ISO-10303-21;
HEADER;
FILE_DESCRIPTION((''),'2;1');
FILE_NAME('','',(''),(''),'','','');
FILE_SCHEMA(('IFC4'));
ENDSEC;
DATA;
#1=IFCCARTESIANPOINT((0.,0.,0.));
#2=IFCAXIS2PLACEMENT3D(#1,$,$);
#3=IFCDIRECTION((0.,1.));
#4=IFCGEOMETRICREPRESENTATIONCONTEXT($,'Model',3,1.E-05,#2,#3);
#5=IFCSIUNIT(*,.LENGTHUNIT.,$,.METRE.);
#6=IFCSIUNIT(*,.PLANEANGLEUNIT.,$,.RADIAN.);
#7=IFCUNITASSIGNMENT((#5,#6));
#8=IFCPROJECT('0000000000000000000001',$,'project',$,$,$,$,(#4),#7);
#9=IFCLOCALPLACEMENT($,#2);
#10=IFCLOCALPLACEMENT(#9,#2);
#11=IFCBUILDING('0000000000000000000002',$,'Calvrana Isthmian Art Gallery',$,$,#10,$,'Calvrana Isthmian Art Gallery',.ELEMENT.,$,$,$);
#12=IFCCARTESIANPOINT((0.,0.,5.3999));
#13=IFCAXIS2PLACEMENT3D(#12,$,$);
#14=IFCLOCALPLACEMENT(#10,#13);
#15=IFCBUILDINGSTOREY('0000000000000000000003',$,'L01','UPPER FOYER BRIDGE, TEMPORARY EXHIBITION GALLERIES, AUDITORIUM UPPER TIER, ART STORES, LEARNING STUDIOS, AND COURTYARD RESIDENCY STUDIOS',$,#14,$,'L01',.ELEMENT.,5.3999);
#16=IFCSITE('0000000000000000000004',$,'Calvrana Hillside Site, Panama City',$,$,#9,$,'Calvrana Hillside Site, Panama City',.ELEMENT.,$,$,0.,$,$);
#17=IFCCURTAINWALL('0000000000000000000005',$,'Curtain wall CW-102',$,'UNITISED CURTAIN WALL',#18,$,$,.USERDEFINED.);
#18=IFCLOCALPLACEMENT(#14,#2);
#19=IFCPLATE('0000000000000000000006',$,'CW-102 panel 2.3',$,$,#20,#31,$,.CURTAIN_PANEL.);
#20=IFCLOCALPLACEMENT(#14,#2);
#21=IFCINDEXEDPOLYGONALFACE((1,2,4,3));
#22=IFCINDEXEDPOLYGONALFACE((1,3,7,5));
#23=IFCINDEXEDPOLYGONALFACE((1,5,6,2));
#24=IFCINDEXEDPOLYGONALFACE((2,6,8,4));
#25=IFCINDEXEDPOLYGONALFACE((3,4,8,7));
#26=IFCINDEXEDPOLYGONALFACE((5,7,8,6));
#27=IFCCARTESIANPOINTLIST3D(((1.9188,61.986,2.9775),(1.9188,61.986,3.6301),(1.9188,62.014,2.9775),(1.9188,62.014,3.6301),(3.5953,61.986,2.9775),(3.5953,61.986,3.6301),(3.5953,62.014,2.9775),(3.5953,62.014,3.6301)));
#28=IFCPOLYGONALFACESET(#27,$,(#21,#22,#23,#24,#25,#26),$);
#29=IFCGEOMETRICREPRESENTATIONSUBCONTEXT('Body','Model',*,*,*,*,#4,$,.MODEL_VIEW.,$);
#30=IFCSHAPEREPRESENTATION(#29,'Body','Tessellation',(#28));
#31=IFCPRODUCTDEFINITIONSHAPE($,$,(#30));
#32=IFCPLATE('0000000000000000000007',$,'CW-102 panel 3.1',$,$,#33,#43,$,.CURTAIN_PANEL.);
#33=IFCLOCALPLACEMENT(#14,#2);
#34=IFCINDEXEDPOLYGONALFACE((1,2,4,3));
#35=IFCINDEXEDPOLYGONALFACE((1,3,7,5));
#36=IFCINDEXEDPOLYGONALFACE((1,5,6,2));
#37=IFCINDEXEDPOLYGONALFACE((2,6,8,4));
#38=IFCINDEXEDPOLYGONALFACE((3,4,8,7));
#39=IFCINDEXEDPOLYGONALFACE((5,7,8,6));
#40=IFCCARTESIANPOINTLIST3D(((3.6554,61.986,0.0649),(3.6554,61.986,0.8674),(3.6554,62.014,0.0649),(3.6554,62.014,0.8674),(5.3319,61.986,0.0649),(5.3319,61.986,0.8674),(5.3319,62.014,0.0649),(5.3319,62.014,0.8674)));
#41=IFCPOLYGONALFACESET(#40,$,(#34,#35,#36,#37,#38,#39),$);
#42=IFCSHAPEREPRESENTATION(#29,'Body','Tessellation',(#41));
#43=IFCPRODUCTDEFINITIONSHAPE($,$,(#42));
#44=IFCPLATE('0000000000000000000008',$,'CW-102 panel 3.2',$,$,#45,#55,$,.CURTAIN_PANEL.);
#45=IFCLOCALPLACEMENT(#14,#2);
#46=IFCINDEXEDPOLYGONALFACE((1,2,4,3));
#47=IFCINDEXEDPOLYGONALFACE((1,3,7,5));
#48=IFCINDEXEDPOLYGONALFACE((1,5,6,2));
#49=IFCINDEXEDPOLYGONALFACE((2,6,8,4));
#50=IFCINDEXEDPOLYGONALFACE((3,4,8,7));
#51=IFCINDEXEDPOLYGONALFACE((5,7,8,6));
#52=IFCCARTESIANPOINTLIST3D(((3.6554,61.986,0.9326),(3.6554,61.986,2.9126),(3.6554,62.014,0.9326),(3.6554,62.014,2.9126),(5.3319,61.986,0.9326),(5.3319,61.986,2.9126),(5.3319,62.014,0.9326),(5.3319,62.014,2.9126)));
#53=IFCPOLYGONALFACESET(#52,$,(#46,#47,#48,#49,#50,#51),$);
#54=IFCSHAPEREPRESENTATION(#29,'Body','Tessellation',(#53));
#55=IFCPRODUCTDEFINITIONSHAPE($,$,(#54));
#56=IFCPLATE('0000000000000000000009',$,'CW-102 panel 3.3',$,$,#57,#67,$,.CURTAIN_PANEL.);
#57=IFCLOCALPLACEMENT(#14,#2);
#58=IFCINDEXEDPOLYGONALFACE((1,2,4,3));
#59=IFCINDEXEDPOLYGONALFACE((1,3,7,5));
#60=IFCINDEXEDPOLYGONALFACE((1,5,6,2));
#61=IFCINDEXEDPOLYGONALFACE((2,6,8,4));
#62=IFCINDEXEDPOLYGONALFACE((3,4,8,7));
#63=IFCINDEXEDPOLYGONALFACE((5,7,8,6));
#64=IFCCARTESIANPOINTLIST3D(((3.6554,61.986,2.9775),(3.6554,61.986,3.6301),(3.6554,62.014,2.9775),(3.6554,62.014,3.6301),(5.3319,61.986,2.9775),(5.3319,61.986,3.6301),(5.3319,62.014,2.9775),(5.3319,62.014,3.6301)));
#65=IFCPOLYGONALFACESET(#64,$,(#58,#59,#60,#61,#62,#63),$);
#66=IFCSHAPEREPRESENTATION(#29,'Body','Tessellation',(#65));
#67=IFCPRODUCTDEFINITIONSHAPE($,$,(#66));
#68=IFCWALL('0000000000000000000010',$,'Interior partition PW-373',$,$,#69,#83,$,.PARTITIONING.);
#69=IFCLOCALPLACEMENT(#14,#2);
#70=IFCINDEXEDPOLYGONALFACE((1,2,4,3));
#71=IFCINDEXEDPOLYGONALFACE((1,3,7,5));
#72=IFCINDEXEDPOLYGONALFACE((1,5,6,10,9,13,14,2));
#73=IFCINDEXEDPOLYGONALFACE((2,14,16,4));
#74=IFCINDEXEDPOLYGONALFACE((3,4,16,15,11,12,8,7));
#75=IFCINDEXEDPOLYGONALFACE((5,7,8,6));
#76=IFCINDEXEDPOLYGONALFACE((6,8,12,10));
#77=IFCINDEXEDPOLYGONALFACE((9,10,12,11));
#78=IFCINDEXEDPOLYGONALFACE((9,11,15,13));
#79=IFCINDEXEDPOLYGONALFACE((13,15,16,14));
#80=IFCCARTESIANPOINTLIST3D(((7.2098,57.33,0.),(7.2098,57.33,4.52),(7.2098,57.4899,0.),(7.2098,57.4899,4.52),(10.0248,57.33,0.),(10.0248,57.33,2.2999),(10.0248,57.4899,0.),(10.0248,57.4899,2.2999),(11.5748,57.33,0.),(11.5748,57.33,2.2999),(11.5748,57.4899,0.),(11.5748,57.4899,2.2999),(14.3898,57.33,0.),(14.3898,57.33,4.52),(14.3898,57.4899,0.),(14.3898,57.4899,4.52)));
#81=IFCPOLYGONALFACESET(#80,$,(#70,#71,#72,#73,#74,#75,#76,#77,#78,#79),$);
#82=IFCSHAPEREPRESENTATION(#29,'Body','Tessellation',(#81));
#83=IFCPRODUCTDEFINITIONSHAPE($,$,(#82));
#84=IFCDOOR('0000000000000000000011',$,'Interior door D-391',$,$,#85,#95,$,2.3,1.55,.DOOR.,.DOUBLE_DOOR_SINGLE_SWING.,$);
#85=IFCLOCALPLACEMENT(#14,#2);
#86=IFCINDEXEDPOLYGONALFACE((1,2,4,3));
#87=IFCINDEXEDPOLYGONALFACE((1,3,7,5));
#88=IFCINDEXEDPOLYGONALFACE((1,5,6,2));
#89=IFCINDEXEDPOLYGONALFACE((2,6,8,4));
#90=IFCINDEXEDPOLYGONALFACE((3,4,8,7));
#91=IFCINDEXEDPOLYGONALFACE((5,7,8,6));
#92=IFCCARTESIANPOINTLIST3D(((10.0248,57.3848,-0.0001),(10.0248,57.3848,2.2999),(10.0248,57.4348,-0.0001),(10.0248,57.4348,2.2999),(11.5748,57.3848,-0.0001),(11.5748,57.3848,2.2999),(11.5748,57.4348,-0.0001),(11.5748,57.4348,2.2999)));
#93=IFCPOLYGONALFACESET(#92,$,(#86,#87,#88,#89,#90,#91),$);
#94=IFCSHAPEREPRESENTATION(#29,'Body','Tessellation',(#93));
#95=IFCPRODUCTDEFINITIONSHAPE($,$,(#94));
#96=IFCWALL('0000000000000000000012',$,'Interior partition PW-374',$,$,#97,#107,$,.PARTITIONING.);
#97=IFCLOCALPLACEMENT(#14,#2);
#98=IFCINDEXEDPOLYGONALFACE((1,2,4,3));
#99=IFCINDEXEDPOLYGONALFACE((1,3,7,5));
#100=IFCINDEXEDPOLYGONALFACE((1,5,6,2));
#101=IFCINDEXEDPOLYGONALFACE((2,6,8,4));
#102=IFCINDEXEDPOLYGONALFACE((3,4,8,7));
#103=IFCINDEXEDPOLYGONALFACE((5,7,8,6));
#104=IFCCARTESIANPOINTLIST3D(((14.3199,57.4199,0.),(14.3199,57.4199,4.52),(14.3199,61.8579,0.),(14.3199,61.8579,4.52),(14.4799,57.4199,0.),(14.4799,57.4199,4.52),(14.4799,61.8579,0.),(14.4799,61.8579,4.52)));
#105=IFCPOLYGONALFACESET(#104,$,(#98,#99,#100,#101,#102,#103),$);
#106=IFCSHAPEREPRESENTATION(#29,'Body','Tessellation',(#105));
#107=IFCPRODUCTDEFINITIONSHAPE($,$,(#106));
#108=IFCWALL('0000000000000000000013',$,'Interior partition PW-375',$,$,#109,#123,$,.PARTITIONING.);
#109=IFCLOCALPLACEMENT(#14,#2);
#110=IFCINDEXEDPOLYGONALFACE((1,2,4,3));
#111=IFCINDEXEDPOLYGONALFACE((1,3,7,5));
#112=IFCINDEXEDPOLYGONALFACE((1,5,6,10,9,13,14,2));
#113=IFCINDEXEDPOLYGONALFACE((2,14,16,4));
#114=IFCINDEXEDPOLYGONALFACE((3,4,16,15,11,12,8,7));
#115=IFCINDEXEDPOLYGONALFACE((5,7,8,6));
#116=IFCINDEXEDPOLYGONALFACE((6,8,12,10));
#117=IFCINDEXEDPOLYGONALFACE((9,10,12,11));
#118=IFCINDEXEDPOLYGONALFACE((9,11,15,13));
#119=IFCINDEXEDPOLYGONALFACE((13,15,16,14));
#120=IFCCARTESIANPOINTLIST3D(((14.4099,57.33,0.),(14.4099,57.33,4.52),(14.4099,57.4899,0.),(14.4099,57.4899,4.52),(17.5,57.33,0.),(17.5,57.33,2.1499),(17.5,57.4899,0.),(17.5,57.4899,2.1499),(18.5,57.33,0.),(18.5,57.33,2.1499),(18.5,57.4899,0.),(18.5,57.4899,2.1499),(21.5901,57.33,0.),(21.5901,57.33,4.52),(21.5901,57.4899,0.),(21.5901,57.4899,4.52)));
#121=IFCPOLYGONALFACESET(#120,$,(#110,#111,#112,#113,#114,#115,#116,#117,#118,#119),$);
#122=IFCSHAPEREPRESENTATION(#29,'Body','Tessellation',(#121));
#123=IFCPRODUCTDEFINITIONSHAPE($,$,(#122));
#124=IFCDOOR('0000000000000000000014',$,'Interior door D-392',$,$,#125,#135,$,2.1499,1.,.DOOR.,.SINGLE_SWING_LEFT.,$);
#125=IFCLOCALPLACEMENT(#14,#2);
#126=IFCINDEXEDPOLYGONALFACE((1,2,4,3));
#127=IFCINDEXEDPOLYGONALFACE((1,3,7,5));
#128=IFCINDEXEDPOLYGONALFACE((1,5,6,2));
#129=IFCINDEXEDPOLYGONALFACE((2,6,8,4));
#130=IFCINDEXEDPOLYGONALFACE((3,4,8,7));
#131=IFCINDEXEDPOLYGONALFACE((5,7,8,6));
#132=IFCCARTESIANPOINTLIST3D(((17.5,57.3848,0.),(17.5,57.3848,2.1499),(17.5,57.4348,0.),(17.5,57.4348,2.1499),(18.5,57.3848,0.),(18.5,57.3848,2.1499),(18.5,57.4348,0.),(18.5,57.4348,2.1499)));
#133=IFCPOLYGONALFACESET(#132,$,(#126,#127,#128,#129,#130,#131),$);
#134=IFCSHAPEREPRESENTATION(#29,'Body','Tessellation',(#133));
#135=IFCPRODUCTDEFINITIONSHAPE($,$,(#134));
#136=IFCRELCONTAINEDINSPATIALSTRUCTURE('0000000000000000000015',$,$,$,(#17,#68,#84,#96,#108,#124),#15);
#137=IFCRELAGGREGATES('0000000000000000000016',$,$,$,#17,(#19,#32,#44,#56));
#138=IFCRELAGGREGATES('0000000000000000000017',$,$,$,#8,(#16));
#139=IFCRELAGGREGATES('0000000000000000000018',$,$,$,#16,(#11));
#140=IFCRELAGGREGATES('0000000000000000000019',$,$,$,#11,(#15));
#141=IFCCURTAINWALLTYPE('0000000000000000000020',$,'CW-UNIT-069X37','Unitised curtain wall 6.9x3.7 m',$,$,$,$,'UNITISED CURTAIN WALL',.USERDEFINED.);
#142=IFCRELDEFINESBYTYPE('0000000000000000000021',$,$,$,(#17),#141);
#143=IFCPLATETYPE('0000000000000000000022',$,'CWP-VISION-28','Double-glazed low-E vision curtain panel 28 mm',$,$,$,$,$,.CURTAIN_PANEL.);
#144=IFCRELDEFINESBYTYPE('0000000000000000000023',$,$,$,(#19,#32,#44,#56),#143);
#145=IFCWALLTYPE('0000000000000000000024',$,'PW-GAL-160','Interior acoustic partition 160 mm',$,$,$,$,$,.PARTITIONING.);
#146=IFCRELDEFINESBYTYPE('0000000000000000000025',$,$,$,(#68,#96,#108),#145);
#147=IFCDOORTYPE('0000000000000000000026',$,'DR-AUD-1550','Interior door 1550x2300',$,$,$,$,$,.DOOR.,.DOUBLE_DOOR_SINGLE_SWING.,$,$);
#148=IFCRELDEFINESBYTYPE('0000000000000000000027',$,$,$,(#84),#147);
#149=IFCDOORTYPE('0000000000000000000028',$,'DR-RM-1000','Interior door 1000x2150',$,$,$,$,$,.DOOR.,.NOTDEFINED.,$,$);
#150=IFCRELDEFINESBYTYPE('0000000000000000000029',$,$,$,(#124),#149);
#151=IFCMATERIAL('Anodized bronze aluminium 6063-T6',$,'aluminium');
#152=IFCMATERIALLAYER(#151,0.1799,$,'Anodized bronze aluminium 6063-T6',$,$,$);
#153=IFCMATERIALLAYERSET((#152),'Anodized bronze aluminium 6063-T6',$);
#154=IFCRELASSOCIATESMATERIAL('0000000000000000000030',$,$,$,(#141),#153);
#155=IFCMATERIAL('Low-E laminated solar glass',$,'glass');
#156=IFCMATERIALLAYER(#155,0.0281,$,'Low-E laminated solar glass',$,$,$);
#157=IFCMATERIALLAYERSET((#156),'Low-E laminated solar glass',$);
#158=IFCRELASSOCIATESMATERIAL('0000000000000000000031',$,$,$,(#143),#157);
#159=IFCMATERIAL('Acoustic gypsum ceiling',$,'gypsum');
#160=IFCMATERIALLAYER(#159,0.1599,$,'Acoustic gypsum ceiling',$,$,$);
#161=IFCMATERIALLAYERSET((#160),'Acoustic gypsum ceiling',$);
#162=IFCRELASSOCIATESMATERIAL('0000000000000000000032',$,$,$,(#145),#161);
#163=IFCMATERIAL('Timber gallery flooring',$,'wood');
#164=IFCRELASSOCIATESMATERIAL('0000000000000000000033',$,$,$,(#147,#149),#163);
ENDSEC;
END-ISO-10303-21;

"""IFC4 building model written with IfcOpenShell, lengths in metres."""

from ifc_helpers import new_model, si_unit, direction, frame, frame_2d, origin, origin_2d, place, context, subcontext, project, spatial, rectangle, extrude, material, layer, layer_set, type_object, element, fill, aggregate, save


model = new_model("IFC4")

# Units and contexts
model_context = context("Model", 3, precision=1e-05, world=origin(), true_north=direction((0.0, 1.0)))
body_context = subcontext(model_context, "Body", "Model", "MODEL_VIEW")
ifc_project = project(units=[si_unit("LENGTHUNIT", "METRE"), si_unit("PLANEANGLEUNIT", "RADIAN")], contexts=[model_context])

# Site, building, storey
site_placement = place(None, origin())
site = spatial("IfcSite", under=ifc_project, at=site_placement, Name="Calvrana Hillside Site, Panama City", LongName="Calvrana Hillside Site, Panama City", CompositionType="ELEMENT", RefElevation=0.0)
building_placement = place(site_placement, origin())
building = spatial("IfcBuilding", under=site, at=building_placement, Name="Calvrana Isthmian Art Gallery", LongName="Calvrana Isthmian Art Gallery", CompositionType="ELEMENT")
storey_placement = place(building_placement, frame((0.0, 0.0, 5.3999)))
storey = spatial("IfcBuildingStorey", under=building, at=storey_placement, Name="L01", Description="UPPER FOYER BRIDGE, TEMPORARY EXHIBITION GALLERIES, AUDITORIUM UPPER TIER, ART STORES, LEARNING STUDIOS, AND COURTYARD RESIDENCY STUDIOS", LongName="L01", CompositionType="ELEMENT", Elevation=5.3999)

# Curtain wall, plates
ifc_material_1 = material(Name="Anodized bronze aluminium 6063-T6", Category="aluminium")
ifc_layer_1 = layer(ifc_material_1, 0.1799, Name="Anodized bronze aluminium 6063-T6")
ifc_layer_set_1 = layer_set([ifc_layer_1], Name="Anodized bronze aluminium 6063-T6")
curtain_wall_type = type_object("IfcCurtainWallType", Name="CW-UNIT-069X37", Description="Unitised curtain wall 6.9x3.7 m", ElementType="UNITISED CURTAIN WALL", PredefinedType="USERDEFINED", material=ifc_layer_set_1)
curtain_wall_placement = place(storey_placement, origin())
curtain_wall = element("IfcCurtainWall", 1, at=curtain_wall_placement, inside=storey, type_object=curtain_wall_type, Name="Curtain wall CW-102", ObjectType="UNITISED CURTAIN WALL", PredefinedType="USERDEFINED")
ifc_material_2 = material(Name="Low-E laminated solar glass", Category="glass")
ifc_layer_2 = layer(ifc_material_2, 0.0281, Name="Low-E laminated solar glass")
ifc_layer_set_2 = layer_set([ifc_layer_2], Name="Low-E laminated solar glass")
plate_type = type_object("IfcPlateType", Name="CWP-VISION-28", Description="Double-glazed low-E vision curtain panel 28 mm", PredefinedType="CURTAIN_PANEL", material=ifc_layer_set_2)
plate_1_placement = place(storey_placement, frame((2.7571, 62.0, 2.9775), z_axis=(0.0, 0.0, 1.0), x_axis=(1.0, 0.0, 0.0)))
plate_1 = element("IfcPlate", 2, at=plate_1_placement, type_object=plate_type, Name="CW-102 panel 2.3", PredefinedType="CURTAIN_PANEL", context=body_context, shape_type="SweptSolid", body=[
    extrude(rectangle(XDim=1.6765, YDim=0.0281, at=origin_2d()), origin(), (0.0, 0.0, 1.0), 0.6526),
])
plate_2_placement = place(storey_placement, frame((4.4937, 62.0, 0.0649), z_axis=(0.0, 0.0, 1.0), x_axis=(1.0, 0.0, 0.0)))
plate_2 = element("IfcPlate", 3, at=plate_2_placement, type_object=plate_type, Name="CW-102 panel 3.1", PredefinedType="CURTAIN_PANEL", context=body_context, shape_type="SweptSolid", body=[
    extrude(rectangle(XDim=1.6765, YDim=0.0281, at=origin_2d()), origin(), (0.0, 0.0, 1.0), 0.8025),
])
plate_3_placement = place(storey_placement, frame((4.4937, 62.0, 0.9326), z_axis=(0.0, 0.0, 1.0), x_axis=(1.0, 0.0, 0.0)))
plate_3 = element("IfcPlate", 4, at=plate_3_placement, type_object=plate_type, Name="CW-102 panel 3.2", PredefinedType="CURTAIN_PANEL", context=body_context, shape_type="SweptSolid", body=[
    extrude(rectangle(XDim=1.6765, YDim=0.0281, at=origin_2d()), origin(), (0.0, 0.0, 1.0), 1.98),
])
plate_4_placement = place(storey_placement, frame((4.4937, 62.0, 2.9775), z_axis=(0.0, 0.0, 1.0), x_axis=(1.0, 0.0, 0.0)))
plate_4 = element("IfcPlate", 5, at=plate_4_placement, type_object=plate_type, Name="CW-102 panel 3.3", PredefinedType="CURTAIN_PANEL", context=body_context, shape_type="SweptSolid", body=[
    extrude(rectangle(XDim=1.6765, YDim=0.0281, at=origin_2d()), origin(), (0.0, 0.0, 1.0), 0.6526),
])
aggregate(curtain_wall, [plate_1, plate_2, plate_3, plate_4])

# Wall, opening, door
ifc_material_3 = material(Name="Acoustic gypsum ceiling", Category="gypsum")
ifc_layer_3 = layer(ifc_material_3, 0.1599, Name="Acoustic gypsum ceiling")
ifc_layer_set_3 = layer_set([ifc_layer_3], Name="Acoustic gypsum ceiling")
wall_type = type_object("IfcWallType", Name="PW-GAL-160", Description="Interior acoustic partition 160 mm", PredefinedType="PARTITIONING", material=ifc_layer_set_3)
wall_1_placement = place(storey_placement, frame((7.21, 57.4099, 0.0), z_axis=(0.0, 0.0, 1.0), x_axis=(1.0, 0.0, 0.0)))
wall_1 = element("IfcWall", 6, at=wall_1_placement, inside=storey, type_object=wall_type, Name="Interior partition PW-373", PredefinedType="PARTITIONING", context=body_context, shape_type="SweptSolid", body=[
    extrude(rectangle(XDim=7.1799, YDim=0.1599, at=frame_2d((3.5898, 0.0))), origin(), (0.0, 0.0, 1.0), 4.52),
])
opening_1_placement = place(wall_1_placement, frame((2.8149, 0.0, 0.0)))
opening_1 = element("IfcOpeningElement", 7, at=opening_1_placement, cuts=wall_1, PredefinedType="OPENING", context=body_context, shape_type="SweptSolid", body=[
    extrude(rectangle(XDim=1.55, YDim=2.3, at=frame_2d((0.7749, 1.1499))), frame((0.0, 0.0903, 0.0), z_axis=(0.0, -1.0, 0.0), x_axis=(1.0, 0.0, 0.0)), (0.0, 0.0, 1.0), 0.1804),
])
ifc_material_4 = material(Name="Timber gallery flooring", Category="wood")
door_type_1 = type_object("IfcDoorType", Name="DR-AUD-1550", Description="Interior door 1550x2300", OperationType="DOUBLE_DOOR_SINGLE_SWING", PredefinedType="DOOR", material=ifc_material_4)
door_1_placement = place(opening_1_placement, origin())
door_1 = element("IfcDoor", 8, at=door_1_placement, inside=storey, type_object=door_type_1, Name="Interior door D-391", OperationType="DOUBLE_DOOR_SINGLE_SWING", OverallHeight=2.3, OverallWidth=1.55, PredefinedType="DOOR", context=body_context, shape_type="SweptSolid", body=[
    extrude(rectangle(XDim=1.55, YDim=2.3, at=frame_2d((0.7749, 1.1499))), frame((0.0, 0.0249, 0.0), z_axis=(0.0, -1.0, 0.0), x_axis=(1.0, 0.0, 0.0)), (0.0, 0.0, 1.0), 0.05),
])
fill(opening_1, door_1)

# Wall
wall_2_placement = place(storey_placement, frame((14.3999, 57.4199, 0.0), z_axis=(0.0, 0.0, 1.0), x_axis=(0.0, 1.0, 0.0)))
element("IfcWall", 9, at=wall_2_placement, inside=storey, type_object=wall_type, Name="Interior partition PW-374", PredefinedType="PARTITIONING", context=body_context, shape_type="SweptSolid", body=[
    extrude(rectangle(XDim=4.438, YDim=0.1599, at=frame_2d((2.219, 0.0))), origin(), (0.0, 0.0, 1.0), 4.52),
])

# Wall, opening, door
wall_3_placement = place(storey_placement, frame((14.4099, 57.4099, 0.0), z_axis=(0.0, 0.0, 1.0), x_axis=(1.0, 0.0, 0.0)))
wall_3 = element("IfcWall", 10, at=wall_3_placement, inside=storey, type_object=wall_type, Name="Interior partition PW-375", PredefinedType="PARTITIONING", context=body_context, shape_type="SweptSolid", body=[
    extrude(rectangle(XDim=7.1802, YDim=0.1599, at=frame_2d((3.5901, 0.0))), origin(), (0.0, 0.0, 1.0), 4.52),
])
opening_2_placement = place(wall_3_placement, frame((3.0901, 0.0, 0.0)))
opening_2 = element("IfcOpeningElement", 11, at=opening_2_placement, cuts=wall_3, PredefinedType="OPENING", context=body_context, shape_type="SweptSolid", body=[
    extrude(rectangle(XDim=1.0, YDim=2.1499, at=frame_2d((0.5, 1.075))), frame((0.0, 0.0903, 0.0), z_axis=(0.0, -1.0, 0.0), x_axis=(1.0, 0.0, 0.0)), (0.0, 0.0, 1.0), 0.1804),
])
door_type_2 = type_object("IfcDoorType", Name="DR-RM-1000", Description="Interior door 1000x2150", OperationType="NOTDEFINED", PredefinedType="DOOR", material=ifc_material_4)
door_2_placement = place(opening_2_placement, origin())
door_2 = element("IfcDoor", 12, at=door_2_placement, inside=storey, type_object=door_type_2, Name="Interior door D-392", OperationType="SINGLE_SWING_LEFT", OverallHeight=2.1499, OverallWidth=1.0, PredefinedType="DOOR", context=body_context, shape_type="SweptSolid", body=[
    extrude(rectangle(XDim=1.0, YDim=2.1499, at=frame_2d((0.5, 1.075))), frame((0.0, 0.0249, 0.0), z_axis=(0.0, -1.0, 0.0), x_axis=(1.0, 0.0, 0.0)), (0.0, 0.0, 1.0), 0.05),
])
fill(opening_2, door_2)

save(model, "model.ifc")
